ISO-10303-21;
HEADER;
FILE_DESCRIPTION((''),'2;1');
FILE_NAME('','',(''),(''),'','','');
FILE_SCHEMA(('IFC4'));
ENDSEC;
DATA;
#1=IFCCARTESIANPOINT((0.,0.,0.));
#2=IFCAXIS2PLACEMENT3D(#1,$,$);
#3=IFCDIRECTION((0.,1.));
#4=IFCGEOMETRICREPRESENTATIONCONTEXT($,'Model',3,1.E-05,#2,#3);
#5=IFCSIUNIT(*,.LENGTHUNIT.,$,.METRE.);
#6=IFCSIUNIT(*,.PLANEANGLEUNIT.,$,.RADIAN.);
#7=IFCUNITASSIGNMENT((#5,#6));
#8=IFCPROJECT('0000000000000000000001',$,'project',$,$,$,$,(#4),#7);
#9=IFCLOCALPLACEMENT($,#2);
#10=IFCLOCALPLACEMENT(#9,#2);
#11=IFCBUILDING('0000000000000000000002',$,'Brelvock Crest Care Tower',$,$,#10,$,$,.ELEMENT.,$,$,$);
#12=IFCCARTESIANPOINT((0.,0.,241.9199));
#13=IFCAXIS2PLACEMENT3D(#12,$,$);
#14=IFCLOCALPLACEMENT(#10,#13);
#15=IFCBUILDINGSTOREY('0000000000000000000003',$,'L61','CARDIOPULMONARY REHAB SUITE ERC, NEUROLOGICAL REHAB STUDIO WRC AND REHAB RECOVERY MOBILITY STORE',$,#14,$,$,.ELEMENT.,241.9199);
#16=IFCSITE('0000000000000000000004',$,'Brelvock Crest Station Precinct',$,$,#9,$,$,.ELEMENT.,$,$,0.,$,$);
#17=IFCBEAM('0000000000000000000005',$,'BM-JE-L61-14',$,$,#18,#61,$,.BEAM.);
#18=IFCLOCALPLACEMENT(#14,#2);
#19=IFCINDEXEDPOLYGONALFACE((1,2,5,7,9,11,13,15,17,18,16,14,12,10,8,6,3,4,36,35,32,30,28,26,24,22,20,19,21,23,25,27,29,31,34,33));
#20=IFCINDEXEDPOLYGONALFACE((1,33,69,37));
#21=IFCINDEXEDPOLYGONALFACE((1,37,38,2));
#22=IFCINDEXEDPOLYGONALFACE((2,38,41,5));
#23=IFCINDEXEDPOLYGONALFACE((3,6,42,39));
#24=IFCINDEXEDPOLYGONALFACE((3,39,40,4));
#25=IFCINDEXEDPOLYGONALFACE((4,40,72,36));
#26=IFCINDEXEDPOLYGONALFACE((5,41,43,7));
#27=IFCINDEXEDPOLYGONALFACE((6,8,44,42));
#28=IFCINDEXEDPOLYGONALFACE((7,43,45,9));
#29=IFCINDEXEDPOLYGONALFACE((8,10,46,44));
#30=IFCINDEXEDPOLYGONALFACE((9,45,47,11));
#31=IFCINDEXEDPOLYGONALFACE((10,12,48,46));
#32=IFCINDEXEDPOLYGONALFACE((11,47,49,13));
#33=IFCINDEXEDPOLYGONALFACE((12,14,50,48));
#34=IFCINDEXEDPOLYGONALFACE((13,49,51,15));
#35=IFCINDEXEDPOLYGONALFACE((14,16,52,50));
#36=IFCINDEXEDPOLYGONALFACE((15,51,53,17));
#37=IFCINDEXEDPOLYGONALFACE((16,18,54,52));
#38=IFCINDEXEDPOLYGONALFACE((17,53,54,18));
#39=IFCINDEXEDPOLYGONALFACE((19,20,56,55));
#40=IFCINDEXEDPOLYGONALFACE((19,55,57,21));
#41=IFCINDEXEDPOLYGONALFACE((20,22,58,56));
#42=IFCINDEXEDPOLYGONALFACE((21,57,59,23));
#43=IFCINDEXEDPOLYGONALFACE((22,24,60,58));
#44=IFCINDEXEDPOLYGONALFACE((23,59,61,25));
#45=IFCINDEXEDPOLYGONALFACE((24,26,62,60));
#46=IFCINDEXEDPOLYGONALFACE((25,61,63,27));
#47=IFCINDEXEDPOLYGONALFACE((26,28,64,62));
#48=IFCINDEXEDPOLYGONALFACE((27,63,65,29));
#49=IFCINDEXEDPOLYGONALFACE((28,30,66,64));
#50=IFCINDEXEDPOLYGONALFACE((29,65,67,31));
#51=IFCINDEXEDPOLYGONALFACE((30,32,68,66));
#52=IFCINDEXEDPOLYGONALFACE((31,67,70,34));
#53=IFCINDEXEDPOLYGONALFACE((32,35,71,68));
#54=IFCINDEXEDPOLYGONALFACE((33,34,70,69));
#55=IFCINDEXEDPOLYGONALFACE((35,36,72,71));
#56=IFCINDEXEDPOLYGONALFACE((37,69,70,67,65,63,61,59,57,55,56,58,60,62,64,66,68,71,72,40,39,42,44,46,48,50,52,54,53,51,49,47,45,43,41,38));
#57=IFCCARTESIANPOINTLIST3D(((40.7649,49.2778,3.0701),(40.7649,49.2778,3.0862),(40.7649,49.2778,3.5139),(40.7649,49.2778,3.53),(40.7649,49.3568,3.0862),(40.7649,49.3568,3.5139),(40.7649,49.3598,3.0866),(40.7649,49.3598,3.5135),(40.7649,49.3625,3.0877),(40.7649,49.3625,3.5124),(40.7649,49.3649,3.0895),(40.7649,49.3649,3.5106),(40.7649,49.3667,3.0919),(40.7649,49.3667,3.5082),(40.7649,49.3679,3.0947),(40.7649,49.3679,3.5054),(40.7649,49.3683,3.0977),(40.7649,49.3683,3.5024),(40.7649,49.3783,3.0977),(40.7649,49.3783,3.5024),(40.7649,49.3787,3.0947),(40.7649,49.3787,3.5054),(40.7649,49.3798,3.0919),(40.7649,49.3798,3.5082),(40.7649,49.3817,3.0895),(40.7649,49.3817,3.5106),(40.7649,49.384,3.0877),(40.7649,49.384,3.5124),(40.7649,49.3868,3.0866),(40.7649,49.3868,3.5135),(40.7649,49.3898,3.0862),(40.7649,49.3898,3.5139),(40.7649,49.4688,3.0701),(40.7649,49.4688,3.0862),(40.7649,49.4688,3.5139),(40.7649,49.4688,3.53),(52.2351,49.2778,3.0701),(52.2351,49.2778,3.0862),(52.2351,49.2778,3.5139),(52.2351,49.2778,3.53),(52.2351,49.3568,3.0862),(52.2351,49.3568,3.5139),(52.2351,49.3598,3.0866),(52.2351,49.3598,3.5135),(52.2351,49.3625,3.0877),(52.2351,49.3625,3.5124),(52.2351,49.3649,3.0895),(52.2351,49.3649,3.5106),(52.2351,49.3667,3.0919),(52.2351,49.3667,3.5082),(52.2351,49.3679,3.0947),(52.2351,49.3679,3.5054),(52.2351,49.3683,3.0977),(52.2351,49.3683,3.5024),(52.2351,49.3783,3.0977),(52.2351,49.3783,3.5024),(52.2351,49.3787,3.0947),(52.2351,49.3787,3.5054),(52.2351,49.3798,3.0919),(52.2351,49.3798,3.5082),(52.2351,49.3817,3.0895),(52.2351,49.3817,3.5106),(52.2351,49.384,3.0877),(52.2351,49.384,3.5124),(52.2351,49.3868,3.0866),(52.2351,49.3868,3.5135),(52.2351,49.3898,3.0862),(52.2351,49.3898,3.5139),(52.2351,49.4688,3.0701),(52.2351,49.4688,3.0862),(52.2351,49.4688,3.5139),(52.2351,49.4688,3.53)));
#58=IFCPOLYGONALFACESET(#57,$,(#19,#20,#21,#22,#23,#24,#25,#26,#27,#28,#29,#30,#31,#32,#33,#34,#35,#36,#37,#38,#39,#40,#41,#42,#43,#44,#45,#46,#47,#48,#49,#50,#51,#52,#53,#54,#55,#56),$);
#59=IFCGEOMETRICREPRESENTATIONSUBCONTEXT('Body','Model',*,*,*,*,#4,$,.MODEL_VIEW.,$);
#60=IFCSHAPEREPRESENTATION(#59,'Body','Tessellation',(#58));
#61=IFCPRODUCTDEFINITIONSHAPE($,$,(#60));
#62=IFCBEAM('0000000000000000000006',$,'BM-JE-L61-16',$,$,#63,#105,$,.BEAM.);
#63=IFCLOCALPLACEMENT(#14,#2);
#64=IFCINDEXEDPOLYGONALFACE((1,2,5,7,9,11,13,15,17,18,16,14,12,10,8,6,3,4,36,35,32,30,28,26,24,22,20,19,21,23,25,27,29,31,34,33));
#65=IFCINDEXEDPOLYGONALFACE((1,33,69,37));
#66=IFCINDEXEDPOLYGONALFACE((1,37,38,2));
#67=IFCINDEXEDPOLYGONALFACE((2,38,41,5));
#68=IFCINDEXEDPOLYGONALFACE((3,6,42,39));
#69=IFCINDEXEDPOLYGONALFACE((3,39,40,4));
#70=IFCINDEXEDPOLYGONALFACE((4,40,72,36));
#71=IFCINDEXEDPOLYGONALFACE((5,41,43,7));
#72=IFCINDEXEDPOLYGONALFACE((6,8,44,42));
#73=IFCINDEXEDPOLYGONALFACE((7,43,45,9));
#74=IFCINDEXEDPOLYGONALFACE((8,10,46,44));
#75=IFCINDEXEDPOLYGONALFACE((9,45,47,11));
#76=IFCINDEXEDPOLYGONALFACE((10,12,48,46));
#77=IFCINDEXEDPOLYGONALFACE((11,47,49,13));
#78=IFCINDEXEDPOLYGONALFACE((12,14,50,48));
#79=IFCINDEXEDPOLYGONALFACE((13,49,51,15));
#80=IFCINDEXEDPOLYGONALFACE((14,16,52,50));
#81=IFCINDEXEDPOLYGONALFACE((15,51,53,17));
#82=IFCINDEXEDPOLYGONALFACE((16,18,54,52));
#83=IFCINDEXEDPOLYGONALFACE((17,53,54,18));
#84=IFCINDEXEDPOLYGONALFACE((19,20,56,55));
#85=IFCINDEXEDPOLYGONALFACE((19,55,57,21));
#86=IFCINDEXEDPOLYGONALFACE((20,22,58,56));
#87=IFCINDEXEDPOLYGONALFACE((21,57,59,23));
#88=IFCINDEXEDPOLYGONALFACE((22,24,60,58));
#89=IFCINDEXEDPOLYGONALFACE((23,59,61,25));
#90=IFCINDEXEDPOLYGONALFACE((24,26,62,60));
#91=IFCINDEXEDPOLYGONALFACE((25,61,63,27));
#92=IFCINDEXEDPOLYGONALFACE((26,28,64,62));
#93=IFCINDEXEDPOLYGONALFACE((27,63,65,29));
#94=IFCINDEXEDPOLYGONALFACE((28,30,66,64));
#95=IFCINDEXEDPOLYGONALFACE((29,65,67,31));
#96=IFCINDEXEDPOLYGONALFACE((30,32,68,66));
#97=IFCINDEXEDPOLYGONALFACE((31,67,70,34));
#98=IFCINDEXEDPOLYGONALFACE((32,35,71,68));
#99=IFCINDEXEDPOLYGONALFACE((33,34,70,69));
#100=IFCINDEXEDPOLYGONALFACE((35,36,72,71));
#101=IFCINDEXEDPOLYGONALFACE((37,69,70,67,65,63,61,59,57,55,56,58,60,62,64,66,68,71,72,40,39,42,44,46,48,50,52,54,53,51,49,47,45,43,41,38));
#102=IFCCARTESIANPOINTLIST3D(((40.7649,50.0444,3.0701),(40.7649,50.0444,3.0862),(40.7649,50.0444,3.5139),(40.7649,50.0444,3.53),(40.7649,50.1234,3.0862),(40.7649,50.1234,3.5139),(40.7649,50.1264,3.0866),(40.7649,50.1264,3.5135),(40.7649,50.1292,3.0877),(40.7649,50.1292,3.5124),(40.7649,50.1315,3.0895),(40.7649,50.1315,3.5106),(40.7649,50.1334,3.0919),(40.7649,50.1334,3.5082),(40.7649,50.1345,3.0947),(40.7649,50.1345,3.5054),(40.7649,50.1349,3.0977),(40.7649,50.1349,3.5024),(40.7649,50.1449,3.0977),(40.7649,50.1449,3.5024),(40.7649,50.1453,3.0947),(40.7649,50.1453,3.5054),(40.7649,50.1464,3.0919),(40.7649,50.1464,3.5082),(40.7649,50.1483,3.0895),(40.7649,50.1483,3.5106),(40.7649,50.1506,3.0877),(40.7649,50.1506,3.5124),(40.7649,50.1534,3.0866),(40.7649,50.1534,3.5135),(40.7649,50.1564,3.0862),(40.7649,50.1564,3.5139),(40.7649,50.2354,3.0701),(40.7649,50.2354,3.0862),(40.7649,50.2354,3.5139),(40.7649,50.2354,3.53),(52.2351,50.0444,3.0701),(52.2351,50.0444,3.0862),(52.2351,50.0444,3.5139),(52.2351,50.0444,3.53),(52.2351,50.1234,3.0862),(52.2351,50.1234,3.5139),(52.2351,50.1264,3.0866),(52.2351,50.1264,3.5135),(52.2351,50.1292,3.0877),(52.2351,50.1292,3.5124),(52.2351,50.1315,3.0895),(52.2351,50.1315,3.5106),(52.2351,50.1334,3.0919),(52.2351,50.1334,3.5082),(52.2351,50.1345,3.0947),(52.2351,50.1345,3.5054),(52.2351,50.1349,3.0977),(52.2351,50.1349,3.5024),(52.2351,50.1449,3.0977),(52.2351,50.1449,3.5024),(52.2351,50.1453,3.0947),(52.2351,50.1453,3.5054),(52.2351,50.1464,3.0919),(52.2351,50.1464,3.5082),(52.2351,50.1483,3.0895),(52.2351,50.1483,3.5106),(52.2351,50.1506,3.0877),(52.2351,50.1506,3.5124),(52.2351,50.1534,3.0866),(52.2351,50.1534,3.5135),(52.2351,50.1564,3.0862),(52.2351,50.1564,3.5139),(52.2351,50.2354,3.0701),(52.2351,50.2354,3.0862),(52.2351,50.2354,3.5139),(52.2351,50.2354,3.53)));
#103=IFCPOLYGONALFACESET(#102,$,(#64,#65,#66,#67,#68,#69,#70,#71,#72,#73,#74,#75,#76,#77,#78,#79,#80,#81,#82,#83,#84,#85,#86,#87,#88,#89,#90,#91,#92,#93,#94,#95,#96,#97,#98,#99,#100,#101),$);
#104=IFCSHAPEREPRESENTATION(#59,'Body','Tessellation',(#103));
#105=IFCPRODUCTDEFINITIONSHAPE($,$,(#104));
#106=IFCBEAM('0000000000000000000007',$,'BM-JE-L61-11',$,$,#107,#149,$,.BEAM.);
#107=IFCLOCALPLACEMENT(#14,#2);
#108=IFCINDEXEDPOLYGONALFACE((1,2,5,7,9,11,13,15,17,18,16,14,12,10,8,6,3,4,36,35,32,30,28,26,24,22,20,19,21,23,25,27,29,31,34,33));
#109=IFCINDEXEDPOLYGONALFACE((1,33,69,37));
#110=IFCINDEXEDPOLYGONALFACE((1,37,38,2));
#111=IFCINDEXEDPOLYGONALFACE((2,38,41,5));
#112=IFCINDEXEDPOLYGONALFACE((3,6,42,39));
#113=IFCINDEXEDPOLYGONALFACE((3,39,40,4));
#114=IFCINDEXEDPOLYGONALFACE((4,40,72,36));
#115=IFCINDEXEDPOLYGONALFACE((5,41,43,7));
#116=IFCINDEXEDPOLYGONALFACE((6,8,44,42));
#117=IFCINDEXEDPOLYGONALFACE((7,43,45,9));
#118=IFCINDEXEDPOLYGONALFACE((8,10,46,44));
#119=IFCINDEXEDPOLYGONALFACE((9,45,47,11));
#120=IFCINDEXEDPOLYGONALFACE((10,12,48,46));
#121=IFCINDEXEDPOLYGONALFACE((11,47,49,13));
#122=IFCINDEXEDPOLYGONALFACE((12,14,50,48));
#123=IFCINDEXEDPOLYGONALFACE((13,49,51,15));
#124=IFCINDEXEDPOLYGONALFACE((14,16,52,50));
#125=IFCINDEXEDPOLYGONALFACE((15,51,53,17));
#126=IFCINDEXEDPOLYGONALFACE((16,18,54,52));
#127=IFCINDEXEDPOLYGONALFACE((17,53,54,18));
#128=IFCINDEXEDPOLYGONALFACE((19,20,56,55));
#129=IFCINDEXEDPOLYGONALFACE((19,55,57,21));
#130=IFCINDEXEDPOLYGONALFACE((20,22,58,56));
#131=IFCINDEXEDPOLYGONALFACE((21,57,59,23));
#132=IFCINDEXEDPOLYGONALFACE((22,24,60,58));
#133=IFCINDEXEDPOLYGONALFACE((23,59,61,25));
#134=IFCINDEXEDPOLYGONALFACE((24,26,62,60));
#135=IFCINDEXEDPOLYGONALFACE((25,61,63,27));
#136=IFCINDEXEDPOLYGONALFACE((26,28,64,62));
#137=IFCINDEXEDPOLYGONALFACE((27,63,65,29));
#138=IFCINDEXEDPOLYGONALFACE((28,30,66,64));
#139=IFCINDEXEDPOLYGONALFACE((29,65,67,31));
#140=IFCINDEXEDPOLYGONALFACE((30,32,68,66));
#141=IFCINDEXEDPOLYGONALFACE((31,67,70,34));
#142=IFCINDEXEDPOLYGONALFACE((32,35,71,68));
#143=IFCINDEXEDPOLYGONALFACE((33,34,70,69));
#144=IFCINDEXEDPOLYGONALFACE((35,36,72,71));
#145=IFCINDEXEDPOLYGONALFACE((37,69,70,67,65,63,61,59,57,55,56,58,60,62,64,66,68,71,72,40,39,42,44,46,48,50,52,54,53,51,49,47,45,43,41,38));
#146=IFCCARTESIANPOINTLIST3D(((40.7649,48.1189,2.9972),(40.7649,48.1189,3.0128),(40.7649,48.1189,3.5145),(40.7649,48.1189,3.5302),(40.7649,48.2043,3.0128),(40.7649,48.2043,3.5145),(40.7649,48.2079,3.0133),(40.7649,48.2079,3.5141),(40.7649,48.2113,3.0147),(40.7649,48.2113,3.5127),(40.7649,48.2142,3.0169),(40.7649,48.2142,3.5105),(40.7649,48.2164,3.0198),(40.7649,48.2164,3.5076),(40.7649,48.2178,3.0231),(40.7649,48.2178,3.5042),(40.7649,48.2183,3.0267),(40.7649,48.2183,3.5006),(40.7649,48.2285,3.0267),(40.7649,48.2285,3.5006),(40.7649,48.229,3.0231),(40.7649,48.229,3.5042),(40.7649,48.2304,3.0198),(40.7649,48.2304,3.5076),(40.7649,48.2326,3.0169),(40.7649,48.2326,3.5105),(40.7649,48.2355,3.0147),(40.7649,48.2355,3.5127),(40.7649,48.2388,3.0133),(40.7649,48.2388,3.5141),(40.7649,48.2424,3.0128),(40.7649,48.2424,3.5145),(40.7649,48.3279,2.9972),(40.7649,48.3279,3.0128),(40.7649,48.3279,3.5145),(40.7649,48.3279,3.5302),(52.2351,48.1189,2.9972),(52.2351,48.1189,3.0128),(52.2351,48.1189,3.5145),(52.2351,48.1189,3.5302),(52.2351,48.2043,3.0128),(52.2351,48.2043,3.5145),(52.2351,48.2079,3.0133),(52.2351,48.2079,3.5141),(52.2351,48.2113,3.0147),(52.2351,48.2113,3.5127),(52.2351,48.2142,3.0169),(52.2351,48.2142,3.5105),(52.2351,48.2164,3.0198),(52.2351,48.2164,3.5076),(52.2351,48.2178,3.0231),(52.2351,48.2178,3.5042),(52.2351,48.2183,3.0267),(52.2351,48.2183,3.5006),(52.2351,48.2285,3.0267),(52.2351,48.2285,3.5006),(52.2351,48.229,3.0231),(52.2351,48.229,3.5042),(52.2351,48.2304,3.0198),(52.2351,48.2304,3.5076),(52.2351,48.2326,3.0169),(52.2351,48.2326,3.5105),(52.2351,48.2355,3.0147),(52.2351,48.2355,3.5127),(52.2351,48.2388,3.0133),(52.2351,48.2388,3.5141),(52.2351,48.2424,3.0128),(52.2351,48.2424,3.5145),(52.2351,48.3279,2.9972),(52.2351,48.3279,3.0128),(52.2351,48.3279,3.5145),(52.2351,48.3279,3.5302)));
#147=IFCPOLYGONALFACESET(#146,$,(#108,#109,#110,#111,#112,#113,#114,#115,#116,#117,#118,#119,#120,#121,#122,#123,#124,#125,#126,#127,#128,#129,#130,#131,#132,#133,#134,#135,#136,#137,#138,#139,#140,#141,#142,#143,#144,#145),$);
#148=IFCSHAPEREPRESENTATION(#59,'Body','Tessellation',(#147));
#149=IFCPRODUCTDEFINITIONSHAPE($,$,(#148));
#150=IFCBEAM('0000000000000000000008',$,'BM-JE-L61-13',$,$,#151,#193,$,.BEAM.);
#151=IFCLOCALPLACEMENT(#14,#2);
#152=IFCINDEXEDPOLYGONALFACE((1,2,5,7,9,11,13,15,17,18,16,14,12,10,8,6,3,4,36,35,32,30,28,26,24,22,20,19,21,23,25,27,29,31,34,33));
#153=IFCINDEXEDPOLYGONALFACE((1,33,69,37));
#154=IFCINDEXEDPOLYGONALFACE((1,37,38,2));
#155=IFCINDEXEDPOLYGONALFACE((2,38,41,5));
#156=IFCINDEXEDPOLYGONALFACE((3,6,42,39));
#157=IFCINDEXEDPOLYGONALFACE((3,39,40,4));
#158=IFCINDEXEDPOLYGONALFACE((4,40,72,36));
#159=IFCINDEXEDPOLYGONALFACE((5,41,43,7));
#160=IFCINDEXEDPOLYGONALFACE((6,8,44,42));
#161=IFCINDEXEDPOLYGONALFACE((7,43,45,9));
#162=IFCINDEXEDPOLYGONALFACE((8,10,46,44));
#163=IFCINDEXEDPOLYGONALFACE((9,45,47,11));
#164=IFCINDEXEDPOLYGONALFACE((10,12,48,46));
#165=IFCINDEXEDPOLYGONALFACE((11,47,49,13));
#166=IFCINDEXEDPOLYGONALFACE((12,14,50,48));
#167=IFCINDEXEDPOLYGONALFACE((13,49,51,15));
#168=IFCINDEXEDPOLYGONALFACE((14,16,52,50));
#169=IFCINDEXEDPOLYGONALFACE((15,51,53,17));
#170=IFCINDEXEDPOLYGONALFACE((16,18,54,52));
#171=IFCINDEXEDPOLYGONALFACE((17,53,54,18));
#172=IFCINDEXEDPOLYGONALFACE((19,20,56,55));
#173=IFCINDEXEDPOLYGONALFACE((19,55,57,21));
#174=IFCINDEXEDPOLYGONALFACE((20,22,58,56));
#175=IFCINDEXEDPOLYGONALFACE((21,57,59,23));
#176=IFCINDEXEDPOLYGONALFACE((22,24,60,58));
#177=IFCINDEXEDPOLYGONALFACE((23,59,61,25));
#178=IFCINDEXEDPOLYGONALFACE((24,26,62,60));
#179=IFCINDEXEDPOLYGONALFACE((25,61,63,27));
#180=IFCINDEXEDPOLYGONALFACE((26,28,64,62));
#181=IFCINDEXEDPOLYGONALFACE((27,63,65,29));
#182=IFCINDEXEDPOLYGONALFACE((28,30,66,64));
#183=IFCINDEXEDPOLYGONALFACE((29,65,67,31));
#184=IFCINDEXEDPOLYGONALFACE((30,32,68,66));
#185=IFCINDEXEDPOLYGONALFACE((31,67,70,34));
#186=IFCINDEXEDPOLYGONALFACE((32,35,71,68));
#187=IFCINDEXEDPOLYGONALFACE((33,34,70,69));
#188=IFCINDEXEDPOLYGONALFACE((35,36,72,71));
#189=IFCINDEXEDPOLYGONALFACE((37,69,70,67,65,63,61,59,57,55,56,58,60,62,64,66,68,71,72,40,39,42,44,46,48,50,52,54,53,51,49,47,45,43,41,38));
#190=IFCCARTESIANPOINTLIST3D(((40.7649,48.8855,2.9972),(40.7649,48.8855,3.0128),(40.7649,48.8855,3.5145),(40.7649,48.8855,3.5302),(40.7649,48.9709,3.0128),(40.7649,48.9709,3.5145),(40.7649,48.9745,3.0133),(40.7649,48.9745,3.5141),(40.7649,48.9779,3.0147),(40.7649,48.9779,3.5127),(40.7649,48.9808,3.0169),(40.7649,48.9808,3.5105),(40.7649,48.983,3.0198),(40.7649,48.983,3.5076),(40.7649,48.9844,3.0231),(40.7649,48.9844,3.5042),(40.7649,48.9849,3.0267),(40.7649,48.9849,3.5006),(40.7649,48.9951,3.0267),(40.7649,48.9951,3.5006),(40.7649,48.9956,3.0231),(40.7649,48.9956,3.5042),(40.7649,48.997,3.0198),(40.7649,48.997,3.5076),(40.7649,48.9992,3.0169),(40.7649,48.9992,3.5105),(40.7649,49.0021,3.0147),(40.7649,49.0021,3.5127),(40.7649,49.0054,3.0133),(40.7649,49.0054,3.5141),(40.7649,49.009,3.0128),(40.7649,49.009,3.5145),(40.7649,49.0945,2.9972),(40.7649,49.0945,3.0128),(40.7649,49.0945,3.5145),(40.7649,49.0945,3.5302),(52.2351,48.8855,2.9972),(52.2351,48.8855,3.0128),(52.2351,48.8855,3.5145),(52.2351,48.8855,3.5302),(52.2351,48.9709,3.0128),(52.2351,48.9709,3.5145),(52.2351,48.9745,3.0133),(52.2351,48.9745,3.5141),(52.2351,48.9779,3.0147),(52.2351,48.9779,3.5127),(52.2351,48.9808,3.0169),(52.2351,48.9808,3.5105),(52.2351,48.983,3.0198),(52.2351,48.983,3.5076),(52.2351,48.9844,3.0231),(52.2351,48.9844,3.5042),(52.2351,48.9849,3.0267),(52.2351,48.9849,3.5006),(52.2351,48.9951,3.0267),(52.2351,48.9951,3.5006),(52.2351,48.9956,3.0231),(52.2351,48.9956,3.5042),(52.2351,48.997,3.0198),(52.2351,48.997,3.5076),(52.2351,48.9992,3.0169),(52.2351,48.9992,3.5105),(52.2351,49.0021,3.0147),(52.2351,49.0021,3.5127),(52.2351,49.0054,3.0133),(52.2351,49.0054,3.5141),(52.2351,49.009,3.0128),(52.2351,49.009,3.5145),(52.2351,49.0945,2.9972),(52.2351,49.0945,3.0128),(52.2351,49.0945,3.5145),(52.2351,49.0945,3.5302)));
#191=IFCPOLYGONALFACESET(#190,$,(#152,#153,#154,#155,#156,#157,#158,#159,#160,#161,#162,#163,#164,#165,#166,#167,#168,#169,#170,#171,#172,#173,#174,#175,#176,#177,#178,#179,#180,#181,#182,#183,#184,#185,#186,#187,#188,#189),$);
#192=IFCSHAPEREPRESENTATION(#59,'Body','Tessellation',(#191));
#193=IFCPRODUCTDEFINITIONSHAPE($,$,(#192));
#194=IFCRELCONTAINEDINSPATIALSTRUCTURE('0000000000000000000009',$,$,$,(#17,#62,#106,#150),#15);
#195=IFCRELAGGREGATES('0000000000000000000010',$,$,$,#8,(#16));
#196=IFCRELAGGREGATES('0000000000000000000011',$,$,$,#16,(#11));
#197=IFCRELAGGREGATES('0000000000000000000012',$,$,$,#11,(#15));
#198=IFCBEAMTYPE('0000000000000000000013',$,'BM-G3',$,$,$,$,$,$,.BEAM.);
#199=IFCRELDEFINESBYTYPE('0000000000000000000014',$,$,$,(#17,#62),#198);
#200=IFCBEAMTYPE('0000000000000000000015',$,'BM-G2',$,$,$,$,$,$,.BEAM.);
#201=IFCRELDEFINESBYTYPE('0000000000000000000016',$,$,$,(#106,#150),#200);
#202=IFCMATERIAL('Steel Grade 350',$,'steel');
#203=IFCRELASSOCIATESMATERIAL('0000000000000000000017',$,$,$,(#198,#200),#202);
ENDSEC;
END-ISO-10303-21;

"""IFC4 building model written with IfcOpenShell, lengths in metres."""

from ifc_helpers import new_model, si_unit, direction, frame, origin, origin_2d, place, context, subcontext, project, spatial, i_section, extrude, source, transform, mapped, material, material_profile, profile_set, type_object, element, save


model = new_model("IFC4")

# Units and contexts
model_context = context("Model", 3, precision=1e-05, world=origin(), true_north=direction((0.0, 1.0)))
body_context = subcontext(model_context, "Body", "Model", "MODEL_VIEW")
ifc_project = project(units=[si_unit("LENGTHUNIT", "METRE"), si_unit("PLANEANGLEUNIT", "RADIAN")], contexts=[model_context])

# Site, building, storey
site_placement = place(None, origin())
site = spatial("IfcSite", under=ifc_project, at=site_placement, Name="Brelvock Crest Station Precinct", CompositionType="ELEMENT", RefElevation=0.0)
building_placement = place(site_placement, origin())
building = spatial("IfcBuilding", under=site, at=building_placement, Name="Brelvock Crest Care Tower", CompositionType="ELEMENT")
storey_placement = place(building_placement, frame((0.0, 0.0, 241.9199)))
storey = spatial("IfcBuildingStorey", under=building, at=storey_placement, Name="L61", Description="CARDIOPULMONARY REHAB SUITE ERC, NEUROLOGICAL REHAB STUDIO WRC AND REHAB RECOVERY MOBILITY STORE", CompositionType="ELEMENT", Elevation=241.9199)

# Beams
ifc_material_1 = material(Name="Steel Grade 350", Category="steel")
ifc_material_profile_1 = material_profile(ifc_material_1, i_section(OverallWidth=0.1909, OverallDepth=0.46, WebThickness=0.01, FlangeThickness=0.0161, FilletRadius=0.0115, at=origin_2d()), Name="460UB82.1")
ifc_profile_set_1 = profile_set([ifc_material_profile_1], Name="Steel Grade 350")
beam_type_1 = type_object("IfcBeamType", Name="BM-G3", PredefinedType="BEAM", material=ifc_profile_set_1)
shared_shape_1 = source(origin(), body_context, "Body", "SweptSolid", [
    extrude(i_section(OverallWidth=0.1909, OverallDepth=0.46, WebThickness=0.01, FlangeThickness=0.0161, FilletRadius=0.0115, at=origin_2d()), origin(), (0.0, 0.0, 1.0), 11.4702),
])
for number, where, z_axis, x_axis, name in (
    (1, (40.7649, 49.3733, 3.3), (1.0, 0.0, 0.0), (0.0, 1.0, 0.0), "BM-JE-L61-14"),
    (2, (40.7649, 50.1399, 3.3), (1.0, 0.0, 0.0), (0.0, 1.0, 0.0), "BM-JE-L61-16"),
):
    element("IfcBeam", number, at=place(storey_placement, frame(where, z_axis=z_axis, x_axis=x_axis)), inside=storey, type_object=beam_type_1, Name=name, PredefinedType="BEAM", context=body_context, shape_type="MappedRepresentation", body=[
        mapped(shared_shape_1, transform((0.0, 0.0, 0.0), x_axis=(1.0, 0.0, 0.0), y_axis=(0.0, 1.0, 0.0), z_axis=(0.0, 0.0, 1.0), scale=1.0)),
    ])
ifc_material_profile_2 = material_profile(ifc_material_1, i_section(OverallWidth=0.209, OverallDepth=0.533, WebThickness=0.0103, FlangeThickness=0.0156, FilletRadius=0.0139, at=origin_2d()), Name="530UB92.4")
ifc_profile_set_2 = profile_set([ifc_material_profile_2], Name="Steel Grade 350")
beam_type_2 = type_object("IfcBeamType", Name="BM-G2", PredefinedType="BEAM", material=ifc_profile_set_2)
shared_shape_2 = source(origin(), body_context, "Body", "SweptSolid", [
    extrude(i_section(OverallWidth=0.209, OverallDepth=0.533, WebThickness=0.0103, FlangeThickness=0.0156, FilletRadius=0.0139, at=origin_2d()), origin(), (0.0, 0.0, 1.0), 11.4702),
])
for number, where, z_axis, x_axis, name in (
    (3, (40.7649, 48.2234, 3.2637), (1.0, 0.0, 0.0), (0.0, 1.0, 0.0), "BM-JE-L61-11"),
    (4, (40.7649, 48.99, 3.2637), (1.0, 0.0, 0.0), (0.0, 1.0, 0.0), "BM-JE-L61-13"),
):
    element("IfcBeam", number, at=place(storey_placement, frame(where, z_axis=z_axis, x_axis=x_axis)), inside=storey, type_object=beam_type_2, Name=name, PredefinedType="BEAM", context=body_context, shape_type="MappedRepresentation", body=[
        mapped(shared_shape_2, transform((0.0, 0.0, 0.0), x_axis=(1.0, 0.0, 0.0), y_axis=(0.0, 1.0, 0.0), z_axis=(0.0, 0.0, 1.0), scale=1.0)),
    ])

save(model, "model.ifc")
